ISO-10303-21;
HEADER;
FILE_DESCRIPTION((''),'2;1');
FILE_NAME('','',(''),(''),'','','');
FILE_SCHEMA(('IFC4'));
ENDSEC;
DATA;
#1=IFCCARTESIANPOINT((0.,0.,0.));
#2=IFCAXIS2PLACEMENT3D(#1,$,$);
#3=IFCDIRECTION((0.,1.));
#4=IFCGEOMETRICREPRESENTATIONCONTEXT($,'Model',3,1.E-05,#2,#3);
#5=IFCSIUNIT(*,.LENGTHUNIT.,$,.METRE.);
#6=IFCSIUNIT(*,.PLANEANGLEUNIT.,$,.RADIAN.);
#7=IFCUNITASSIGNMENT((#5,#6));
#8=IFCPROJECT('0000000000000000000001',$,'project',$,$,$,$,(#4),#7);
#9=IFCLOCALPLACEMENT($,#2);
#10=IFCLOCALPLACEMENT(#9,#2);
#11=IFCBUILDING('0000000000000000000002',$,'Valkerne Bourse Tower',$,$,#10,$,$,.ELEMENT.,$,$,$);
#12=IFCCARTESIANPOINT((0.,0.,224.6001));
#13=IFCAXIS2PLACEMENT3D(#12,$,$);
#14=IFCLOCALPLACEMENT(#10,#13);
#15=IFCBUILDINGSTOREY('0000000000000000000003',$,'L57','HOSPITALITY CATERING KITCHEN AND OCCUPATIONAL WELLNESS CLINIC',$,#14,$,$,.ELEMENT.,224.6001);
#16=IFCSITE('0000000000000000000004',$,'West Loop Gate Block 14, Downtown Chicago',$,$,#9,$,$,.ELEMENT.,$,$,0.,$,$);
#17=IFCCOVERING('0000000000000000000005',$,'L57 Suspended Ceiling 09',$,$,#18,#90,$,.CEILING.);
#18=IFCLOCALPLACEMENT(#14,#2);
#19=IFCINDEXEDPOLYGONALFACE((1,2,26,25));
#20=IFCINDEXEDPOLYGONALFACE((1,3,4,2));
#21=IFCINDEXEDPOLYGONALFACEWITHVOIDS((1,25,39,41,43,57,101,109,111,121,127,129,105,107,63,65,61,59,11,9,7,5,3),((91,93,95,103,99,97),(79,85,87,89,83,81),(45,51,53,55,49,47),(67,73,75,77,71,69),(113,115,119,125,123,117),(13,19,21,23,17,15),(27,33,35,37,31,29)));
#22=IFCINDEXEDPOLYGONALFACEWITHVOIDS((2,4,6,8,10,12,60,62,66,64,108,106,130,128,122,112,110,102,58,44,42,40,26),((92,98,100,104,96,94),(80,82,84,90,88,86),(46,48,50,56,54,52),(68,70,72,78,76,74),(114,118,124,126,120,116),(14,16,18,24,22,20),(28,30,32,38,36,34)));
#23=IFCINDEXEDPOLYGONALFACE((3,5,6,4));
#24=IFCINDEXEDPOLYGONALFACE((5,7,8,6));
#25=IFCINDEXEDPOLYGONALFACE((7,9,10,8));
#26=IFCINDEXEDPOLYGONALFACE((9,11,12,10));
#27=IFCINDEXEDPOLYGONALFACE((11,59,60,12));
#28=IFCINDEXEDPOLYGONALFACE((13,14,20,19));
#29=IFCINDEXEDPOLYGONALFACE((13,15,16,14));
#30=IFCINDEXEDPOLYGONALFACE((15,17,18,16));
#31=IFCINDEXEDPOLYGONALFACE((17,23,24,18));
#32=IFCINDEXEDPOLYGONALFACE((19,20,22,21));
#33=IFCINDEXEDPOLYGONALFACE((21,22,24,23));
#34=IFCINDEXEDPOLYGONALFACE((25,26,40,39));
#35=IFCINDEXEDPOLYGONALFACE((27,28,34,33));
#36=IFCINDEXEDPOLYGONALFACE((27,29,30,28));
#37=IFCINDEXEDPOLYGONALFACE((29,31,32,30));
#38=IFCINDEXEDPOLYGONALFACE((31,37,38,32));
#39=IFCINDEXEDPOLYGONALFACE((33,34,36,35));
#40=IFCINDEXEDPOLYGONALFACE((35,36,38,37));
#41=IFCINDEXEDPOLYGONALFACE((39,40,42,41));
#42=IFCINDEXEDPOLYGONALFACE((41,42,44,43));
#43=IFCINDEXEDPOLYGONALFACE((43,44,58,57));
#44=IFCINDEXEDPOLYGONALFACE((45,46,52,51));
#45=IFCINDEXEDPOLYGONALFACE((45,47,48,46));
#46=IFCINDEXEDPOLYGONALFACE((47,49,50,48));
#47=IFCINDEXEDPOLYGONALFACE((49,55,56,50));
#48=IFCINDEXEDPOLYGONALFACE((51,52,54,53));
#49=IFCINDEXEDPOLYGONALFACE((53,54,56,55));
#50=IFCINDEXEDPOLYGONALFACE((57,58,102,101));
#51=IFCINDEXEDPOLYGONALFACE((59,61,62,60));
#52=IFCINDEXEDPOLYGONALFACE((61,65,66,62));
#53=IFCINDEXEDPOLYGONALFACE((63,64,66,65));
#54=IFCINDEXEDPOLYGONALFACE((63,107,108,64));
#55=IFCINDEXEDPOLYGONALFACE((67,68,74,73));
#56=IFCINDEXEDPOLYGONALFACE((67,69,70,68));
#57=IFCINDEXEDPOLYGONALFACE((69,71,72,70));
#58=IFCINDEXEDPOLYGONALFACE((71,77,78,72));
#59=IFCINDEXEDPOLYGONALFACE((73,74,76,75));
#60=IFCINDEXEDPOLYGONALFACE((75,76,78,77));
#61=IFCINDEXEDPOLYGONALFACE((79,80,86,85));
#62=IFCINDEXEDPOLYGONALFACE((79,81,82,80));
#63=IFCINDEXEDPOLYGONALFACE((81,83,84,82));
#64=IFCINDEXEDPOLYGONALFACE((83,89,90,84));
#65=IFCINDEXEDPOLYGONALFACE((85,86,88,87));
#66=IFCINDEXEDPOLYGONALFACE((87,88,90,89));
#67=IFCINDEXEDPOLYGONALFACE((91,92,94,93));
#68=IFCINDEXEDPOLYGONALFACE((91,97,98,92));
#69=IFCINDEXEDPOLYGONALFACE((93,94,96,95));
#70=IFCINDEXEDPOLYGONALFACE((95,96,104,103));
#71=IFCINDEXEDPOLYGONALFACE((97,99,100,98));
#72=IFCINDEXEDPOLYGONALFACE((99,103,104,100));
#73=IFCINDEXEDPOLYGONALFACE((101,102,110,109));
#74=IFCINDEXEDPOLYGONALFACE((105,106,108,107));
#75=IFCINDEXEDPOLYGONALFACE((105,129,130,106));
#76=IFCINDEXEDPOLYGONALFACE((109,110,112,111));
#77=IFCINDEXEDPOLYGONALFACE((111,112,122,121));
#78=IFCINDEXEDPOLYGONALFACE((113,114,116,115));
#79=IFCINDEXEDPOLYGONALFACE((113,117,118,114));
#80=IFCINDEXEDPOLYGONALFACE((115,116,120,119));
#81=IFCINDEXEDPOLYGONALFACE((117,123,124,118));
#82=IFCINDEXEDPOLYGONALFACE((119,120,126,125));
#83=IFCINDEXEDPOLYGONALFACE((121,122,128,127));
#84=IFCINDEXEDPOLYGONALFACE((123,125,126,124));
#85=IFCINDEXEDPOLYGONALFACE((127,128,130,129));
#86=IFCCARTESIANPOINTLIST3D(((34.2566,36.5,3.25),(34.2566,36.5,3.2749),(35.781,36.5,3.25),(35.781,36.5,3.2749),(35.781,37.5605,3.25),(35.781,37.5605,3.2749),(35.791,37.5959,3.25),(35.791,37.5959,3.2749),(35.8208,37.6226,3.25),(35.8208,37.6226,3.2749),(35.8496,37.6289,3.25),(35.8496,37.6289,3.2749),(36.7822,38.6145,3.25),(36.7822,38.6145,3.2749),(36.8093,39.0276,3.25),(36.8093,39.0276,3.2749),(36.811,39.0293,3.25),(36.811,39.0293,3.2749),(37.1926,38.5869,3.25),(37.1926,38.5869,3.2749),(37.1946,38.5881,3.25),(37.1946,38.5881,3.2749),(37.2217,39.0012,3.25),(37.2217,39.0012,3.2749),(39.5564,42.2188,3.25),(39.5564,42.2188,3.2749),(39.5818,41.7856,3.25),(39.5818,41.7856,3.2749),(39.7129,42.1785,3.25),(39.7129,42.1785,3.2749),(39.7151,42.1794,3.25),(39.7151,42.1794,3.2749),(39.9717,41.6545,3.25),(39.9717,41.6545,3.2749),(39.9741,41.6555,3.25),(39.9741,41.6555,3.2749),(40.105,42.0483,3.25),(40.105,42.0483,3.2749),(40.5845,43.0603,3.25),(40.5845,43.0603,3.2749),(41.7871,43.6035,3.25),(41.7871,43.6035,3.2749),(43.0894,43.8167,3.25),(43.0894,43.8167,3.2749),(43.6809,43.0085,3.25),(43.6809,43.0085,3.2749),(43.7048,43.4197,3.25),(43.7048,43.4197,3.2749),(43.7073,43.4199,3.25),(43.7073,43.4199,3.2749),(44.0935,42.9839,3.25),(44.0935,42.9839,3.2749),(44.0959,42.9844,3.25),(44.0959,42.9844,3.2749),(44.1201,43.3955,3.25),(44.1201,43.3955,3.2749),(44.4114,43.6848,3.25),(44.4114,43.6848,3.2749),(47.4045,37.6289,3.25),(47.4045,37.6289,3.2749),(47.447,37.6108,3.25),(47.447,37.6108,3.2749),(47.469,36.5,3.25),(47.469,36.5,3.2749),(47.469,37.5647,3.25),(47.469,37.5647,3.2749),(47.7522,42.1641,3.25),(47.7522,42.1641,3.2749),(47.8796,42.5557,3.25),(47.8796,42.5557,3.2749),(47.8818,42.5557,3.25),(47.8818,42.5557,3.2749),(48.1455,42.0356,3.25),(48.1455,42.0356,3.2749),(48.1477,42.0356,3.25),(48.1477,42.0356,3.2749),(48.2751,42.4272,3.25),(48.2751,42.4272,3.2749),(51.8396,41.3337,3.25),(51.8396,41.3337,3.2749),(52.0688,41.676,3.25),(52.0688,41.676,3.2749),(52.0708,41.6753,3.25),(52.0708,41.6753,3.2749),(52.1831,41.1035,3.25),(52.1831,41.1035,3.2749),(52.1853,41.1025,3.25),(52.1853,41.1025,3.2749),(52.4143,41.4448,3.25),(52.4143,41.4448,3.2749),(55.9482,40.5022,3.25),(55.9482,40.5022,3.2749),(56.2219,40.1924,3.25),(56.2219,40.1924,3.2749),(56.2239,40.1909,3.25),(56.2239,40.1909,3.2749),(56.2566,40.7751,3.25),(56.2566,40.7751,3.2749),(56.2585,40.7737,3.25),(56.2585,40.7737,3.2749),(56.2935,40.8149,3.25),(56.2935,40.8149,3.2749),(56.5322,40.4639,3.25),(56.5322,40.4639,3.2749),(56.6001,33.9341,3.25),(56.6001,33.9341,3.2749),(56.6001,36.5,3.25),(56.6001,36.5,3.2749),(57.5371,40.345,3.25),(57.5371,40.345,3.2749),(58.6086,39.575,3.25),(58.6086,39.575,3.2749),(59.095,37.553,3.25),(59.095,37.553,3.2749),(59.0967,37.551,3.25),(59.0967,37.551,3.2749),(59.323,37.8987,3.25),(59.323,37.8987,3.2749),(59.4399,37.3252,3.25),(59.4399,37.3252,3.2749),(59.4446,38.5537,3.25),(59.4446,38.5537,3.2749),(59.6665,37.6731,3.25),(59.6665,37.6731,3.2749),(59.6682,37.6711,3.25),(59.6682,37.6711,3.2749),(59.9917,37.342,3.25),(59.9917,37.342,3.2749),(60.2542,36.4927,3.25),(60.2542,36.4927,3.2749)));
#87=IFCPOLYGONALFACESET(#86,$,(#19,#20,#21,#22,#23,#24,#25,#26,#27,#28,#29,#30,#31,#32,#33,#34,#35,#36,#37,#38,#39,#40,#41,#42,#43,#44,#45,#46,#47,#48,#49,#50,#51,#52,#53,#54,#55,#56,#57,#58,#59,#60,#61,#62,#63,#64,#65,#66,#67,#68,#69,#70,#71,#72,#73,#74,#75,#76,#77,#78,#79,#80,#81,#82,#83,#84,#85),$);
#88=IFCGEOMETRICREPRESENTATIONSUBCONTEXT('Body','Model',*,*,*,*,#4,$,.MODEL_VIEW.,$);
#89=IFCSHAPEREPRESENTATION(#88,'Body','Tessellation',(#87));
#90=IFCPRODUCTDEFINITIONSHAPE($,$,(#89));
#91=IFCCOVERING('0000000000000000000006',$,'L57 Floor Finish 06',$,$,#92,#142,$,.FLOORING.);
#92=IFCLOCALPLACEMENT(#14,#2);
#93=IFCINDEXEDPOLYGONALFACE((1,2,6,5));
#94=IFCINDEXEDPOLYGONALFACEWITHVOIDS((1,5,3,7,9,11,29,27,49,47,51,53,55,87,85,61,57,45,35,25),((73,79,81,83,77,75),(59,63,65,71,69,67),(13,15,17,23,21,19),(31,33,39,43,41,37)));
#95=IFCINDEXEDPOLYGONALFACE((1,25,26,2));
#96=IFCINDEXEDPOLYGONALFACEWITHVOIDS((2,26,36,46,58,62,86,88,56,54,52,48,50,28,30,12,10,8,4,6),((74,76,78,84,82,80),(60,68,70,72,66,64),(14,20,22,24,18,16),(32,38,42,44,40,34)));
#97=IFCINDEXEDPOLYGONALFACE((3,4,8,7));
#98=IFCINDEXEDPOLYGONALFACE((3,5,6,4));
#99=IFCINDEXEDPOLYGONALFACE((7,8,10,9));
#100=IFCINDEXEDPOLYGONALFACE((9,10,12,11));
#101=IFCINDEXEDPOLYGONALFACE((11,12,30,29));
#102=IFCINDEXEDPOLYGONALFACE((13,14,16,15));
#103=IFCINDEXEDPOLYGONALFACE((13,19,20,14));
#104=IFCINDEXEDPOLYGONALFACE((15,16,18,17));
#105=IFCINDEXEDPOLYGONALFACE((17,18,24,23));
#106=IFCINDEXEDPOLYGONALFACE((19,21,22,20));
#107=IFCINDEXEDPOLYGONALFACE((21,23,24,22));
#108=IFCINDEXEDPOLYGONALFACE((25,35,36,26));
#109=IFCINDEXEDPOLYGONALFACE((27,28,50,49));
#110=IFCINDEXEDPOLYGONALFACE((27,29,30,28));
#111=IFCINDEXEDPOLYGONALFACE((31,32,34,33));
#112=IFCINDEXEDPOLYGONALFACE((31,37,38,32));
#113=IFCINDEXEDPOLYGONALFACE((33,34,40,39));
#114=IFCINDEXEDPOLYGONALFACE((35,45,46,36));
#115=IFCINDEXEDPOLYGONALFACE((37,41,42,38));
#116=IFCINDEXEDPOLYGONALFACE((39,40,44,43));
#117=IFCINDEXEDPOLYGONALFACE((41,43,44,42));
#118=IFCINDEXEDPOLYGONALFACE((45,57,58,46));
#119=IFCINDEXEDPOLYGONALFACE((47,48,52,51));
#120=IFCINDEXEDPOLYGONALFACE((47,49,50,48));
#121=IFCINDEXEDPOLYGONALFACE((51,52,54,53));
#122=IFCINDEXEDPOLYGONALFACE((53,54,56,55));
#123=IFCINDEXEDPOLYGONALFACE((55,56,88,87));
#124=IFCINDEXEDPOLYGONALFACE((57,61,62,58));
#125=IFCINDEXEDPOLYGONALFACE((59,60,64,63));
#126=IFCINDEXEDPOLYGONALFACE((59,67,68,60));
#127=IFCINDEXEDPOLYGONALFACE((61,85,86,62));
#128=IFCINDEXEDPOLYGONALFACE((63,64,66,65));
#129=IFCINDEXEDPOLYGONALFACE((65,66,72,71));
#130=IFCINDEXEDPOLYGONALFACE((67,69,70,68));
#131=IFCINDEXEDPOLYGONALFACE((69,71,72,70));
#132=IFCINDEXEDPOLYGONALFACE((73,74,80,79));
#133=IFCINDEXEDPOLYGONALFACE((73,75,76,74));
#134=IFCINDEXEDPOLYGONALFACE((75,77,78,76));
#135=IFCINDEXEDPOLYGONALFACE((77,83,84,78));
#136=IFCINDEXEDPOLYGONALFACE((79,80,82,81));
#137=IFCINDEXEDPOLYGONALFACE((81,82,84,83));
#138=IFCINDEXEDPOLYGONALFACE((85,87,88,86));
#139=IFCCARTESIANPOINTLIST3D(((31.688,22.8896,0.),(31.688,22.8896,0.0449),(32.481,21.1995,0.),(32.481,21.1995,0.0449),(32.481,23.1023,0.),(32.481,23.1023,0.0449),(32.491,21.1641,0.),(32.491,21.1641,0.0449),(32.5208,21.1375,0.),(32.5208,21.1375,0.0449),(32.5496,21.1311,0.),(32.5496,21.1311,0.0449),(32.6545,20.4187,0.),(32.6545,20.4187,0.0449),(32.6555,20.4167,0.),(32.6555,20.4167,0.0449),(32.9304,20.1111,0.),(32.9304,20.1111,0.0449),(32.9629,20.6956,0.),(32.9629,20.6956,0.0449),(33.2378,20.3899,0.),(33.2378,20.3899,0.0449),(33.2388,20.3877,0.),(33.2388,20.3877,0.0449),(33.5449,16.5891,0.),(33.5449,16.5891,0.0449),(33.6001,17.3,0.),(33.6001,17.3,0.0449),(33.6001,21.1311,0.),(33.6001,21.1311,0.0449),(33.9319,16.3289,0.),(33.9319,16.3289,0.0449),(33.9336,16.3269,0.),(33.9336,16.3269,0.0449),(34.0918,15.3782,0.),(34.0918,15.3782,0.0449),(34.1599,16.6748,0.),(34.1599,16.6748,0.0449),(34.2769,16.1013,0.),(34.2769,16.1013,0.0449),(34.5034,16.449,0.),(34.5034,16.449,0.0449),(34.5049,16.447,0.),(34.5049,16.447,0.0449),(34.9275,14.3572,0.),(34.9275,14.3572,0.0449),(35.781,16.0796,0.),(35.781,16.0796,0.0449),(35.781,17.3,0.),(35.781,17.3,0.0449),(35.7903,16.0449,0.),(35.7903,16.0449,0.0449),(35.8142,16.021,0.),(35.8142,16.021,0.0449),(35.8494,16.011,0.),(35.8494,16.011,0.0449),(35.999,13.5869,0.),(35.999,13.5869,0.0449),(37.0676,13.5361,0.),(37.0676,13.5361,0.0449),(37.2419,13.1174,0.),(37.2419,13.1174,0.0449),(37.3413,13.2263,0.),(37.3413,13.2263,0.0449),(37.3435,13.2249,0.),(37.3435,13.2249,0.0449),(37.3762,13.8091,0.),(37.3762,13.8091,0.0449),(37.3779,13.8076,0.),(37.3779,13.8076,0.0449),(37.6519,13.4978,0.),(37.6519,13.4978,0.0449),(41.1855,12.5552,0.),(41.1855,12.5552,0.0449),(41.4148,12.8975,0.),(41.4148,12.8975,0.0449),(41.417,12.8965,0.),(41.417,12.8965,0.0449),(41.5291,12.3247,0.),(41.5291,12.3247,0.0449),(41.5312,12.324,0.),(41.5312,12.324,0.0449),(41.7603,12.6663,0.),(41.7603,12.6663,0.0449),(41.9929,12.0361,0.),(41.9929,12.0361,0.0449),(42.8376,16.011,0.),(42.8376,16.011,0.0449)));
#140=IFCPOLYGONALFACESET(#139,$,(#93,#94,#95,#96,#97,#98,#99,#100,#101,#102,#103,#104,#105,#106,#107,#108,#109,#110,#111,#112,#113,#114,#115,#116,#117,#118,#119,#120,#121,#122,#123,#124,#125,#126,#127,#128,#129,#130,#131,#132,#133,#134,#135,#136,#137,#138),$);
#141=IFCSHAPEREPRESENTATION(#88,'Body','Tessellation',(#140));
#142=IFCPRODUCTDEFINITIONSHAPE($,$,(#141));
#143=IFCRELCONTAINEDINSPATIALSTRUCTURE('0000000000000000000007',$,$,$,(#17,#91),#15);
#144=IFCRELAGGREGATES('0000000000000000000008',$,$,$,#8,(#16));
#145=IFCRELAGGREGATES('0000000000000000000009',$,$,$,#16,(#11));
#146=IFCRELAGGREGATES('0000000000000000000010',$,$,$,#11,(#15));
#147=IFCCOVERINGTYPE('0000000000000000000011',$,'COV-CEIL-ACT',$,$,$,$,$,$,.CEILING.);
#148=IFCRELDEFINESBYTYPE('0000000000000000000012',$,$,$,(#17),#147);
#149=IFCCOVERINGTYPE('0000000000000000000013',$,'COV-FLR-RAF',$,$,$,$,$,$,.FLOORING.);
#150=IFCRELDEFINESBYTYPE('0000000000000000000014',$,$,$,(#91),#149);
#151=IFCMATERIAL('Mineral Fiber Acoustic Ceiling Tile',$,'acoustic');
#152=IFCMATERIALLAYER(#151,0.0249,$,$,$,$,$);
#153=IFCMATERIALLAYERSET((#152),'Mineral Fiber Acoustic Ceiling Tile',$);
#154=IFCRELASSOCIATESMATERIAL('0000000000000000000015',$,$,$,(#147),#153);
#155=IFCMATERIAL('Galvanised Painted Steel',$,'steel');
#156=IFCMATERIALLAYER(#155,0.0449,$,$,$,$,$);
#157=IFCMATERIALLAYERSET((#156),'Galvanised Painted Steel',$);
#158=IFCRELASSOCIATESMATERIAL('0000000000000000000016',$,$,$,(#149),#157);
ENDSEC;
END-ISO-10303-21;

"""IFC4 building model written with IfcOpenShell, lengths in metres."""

from ifc_helpers import new_model, si_unit, direction, frame, origin, place, context, subcontext, project, spatial, polyline, outline, extrude, material, layer, layer_set, type_object, element, save


model = new_model("IFC4")

# Units and contexts
model_context = context("Model", 3, precision=1e-05, world=origin(), true_north=direction((0.0, 1.0)))
body_context = subcontext(model_context, "Body", "Model", "MODEL_VIEW")
ifc_project = project(units=[si_unit("LENGTHUNIT", "METRE"), si_unit("PLANEANGLEUNIT", "RADIAN")], contexts=[model_context])

# Site, building, storey
site_placement = place(None, origin())
site = spatial("IfcSite", under=ifc_project, at=site_placement, Name="West Loop Gate Block 14, Downtown Chicago", CompositionType="ELEMENT", RefElevation=0.0)
building_placement = place(site_placement, origin())
building = spatial("IfcBuilding", under=site, at=building_placement, Name="Valkerne Bourse Tower", CompositionType="ELEMENT")
storey_placement = place(building_placement, frame((0.0, 0.0, 224.6001)))
storey = spatial("IfcBuildingStorey", under=building, at=storey_placement, Name="L57", Description="HOSPITALITY CATERING KITCHEN AND OCCUPATIONAL WELLNESS CLINIC", CompositionType="ELEMENT", Elevation=224.6001)

# Coverings
ifc_material_1 = material(Name="Mineral Fiber Acoustic Ceiling Tile", Category="acoustic")
ifc_layer_1 = layer(ifc_material_1, 0.0249)
ifc_layer_set_1 = layer_set([ifc_layer_1], Name="Mineral Fiber Acoustic Ceiling Tile")
covering_type_1 = type_object("IfcCoveringType", Name="COV-CEIL-ACT", PredefinedType="CEILING", material=ifc_layer_set_1)
covering_1_placement = place(storey_placement, frame((0.0, 0.0, 3.25)))
element("IfcCovering", 1, at=covering_1_placement, inside=storey, type_object=covering_type_1, Name="L57 Suspended Ceiling 09", PredefinedType="CEILING", context=body_context, shape_type="SweptSolid", body=[
    extrude(outline(polyline([(39.5564, 42.2188), (40.5845, 43.0603), (41.7871, 43.6035), (43.0894, 43.8167), (44.4114, 43.6848), (56.2935, 40.8149), (57.5371, 40.345), (58.6086, 39.575), (59.4446, 38.5537), (59.9917, 37.342), (60.2542, 36.4927), (56.6001, 33.9341), (56.6001, 36.5), (47.469, 36.5), (47.469, 37.5647), (47.447, 37.6108), (47.4045, 37.6289), (35.8496, 37.6289), (35.8208, 37.6226), (35.791, 37.5959), (35.781, 37.5605), (35.781, 36.5), (34.2566, 36.5), (39.5564, 42.2188)]), holes=[polyline([(37.1946, 38.5881), (37.2217, 39.0012), (36.811, 39.0293), (36.8093, 39.0276), (36.7822, 38.6145), (37.1926, 38.5869), (37.1946, 38.5881)]), polyline([(39.9741, 41.6555), (40.105, 42.0483), (39.7151, 42.1794), (39.7129, 42.1785), (39.5818, 41.7856), (39.9717, 41.6545), (39.9741, 41.6555)]), polyline([(44.1201, 43.3955), (43.7073, 43.4199), (43.7048, 43.4197), (43.6809, 43.0085), (44.0935, 42.9839), (44.0959, 42.9844), (44.1201, 43.3955)]), polyline([(59.6665, 37.6731), (59.323, 37.8987), (59.095, 37.553), (59.0967, 37.551), (59.4399, 37.3252), (59.6682, 37.6711), (59.6665, 37.6731)]), polyline([(56.2585, 40.7737), (56.2566, 40.7751), (55.9482, 40.5022), (56.2219, 40.1924), (56.2239, 40.1909), (56.5322, 40.4639), (56.2585, 40.7737)]), polyline([(52.0708, 41.6753), (52.0688, 41.676), (51.8396, 41.3337), (52.1831, 41.1035), (52.1853, 41.1025), (52.4143, 41.4448), (52.0708, 41.6753)]), polyline([(48.2751, 42.4272), (47.8818, 42.5557), (47.8796, 42.5557), (47.7522, 42.1641), (48.1455, 42.0356), (48.1477, 42.0356), (48.2751, 42.4272)])]), origin(), (0.0, 0.0, 1.0), 0.0249),
])
ifc_material_2 = material(Name="Galvanised Painted Steel", Category="steel")
ifc_layer_2 = layer(ifc_material_2, 0.0449)
ifc_layer_set_2 = layer_set([ifc_layer_2], Name="Galvanised Painted Steel")
covering_type_2 = type_object("IfcCoveringType", Name="COV-FLR-RAF", PredefinedType="FLOORING", material=ifc_layer_set_2)
covering_2_placement = place(storey_placement, origin())
element("IfcCovering", 2, at=covering_2_placement, inside=storey, type_object=covering_type_2, Name="L57 Floor Finish 06", PredefinedType="FLOORING", context=body_context, shape_type="SweptSolid", body=[
    extrude(outline(polyline([(34.9275, 14.3572), (34.0918, 15.3782), (33.5449, 16.5891), (31.688, 22.8896), (32.481, 23.1023), (32.481, 21.1995), (32.491, 21.1641), (32.5208, 21.1375), (32.5496, 21.1311), (33.6001, 21.1311), (33.6001, 17.3), (35.781, 17.3), (35.781, 16.0796), (35.7903, 16.0449), (35.8142, 16.021), (35.8494, 16.011), (42.8376, 16.011), (41.9929, 12.0361), (37.2419, 13.1174), (35.999, 13.5869), (34.9275, 14.3572)]), holes=[polyline([(41.417, 12.8965), (41.4148, 12.8975), (41.1855, 12.5552), (41.5291, 12.3247), (41.5312, 12.324), (41.7603, 12.6663), (41.417, 12.8965)]), polyline([(37.3779, 13.8076), (37.3762, 13.8091), (37.0676, 13.5361), (37.3413, 13.2263), (37.3435, 13.2249), (37.6519, 13.4978), (37.3779, 13.8076)]), polyline([(34.5034, 16.449), (34.1599, 16.6748), (33.9319, 16.3289), (33.9336, 16.3269), (34.2769, 16.1013), (34.5049, 16.447), (34.5034, 16.449)]), polyline([(33.2378, 20.3899), (32.9629, 20.6956), (32.6545, 20.4187), (32.6555, 20.4167), (32.9304, 20.1111), (33.2388, 20.3877), (33.2378, 20.3899)])]), origin(), (0.0, 0.0, 1.0), 0.0449),
])

save(model, "model.ifc")
